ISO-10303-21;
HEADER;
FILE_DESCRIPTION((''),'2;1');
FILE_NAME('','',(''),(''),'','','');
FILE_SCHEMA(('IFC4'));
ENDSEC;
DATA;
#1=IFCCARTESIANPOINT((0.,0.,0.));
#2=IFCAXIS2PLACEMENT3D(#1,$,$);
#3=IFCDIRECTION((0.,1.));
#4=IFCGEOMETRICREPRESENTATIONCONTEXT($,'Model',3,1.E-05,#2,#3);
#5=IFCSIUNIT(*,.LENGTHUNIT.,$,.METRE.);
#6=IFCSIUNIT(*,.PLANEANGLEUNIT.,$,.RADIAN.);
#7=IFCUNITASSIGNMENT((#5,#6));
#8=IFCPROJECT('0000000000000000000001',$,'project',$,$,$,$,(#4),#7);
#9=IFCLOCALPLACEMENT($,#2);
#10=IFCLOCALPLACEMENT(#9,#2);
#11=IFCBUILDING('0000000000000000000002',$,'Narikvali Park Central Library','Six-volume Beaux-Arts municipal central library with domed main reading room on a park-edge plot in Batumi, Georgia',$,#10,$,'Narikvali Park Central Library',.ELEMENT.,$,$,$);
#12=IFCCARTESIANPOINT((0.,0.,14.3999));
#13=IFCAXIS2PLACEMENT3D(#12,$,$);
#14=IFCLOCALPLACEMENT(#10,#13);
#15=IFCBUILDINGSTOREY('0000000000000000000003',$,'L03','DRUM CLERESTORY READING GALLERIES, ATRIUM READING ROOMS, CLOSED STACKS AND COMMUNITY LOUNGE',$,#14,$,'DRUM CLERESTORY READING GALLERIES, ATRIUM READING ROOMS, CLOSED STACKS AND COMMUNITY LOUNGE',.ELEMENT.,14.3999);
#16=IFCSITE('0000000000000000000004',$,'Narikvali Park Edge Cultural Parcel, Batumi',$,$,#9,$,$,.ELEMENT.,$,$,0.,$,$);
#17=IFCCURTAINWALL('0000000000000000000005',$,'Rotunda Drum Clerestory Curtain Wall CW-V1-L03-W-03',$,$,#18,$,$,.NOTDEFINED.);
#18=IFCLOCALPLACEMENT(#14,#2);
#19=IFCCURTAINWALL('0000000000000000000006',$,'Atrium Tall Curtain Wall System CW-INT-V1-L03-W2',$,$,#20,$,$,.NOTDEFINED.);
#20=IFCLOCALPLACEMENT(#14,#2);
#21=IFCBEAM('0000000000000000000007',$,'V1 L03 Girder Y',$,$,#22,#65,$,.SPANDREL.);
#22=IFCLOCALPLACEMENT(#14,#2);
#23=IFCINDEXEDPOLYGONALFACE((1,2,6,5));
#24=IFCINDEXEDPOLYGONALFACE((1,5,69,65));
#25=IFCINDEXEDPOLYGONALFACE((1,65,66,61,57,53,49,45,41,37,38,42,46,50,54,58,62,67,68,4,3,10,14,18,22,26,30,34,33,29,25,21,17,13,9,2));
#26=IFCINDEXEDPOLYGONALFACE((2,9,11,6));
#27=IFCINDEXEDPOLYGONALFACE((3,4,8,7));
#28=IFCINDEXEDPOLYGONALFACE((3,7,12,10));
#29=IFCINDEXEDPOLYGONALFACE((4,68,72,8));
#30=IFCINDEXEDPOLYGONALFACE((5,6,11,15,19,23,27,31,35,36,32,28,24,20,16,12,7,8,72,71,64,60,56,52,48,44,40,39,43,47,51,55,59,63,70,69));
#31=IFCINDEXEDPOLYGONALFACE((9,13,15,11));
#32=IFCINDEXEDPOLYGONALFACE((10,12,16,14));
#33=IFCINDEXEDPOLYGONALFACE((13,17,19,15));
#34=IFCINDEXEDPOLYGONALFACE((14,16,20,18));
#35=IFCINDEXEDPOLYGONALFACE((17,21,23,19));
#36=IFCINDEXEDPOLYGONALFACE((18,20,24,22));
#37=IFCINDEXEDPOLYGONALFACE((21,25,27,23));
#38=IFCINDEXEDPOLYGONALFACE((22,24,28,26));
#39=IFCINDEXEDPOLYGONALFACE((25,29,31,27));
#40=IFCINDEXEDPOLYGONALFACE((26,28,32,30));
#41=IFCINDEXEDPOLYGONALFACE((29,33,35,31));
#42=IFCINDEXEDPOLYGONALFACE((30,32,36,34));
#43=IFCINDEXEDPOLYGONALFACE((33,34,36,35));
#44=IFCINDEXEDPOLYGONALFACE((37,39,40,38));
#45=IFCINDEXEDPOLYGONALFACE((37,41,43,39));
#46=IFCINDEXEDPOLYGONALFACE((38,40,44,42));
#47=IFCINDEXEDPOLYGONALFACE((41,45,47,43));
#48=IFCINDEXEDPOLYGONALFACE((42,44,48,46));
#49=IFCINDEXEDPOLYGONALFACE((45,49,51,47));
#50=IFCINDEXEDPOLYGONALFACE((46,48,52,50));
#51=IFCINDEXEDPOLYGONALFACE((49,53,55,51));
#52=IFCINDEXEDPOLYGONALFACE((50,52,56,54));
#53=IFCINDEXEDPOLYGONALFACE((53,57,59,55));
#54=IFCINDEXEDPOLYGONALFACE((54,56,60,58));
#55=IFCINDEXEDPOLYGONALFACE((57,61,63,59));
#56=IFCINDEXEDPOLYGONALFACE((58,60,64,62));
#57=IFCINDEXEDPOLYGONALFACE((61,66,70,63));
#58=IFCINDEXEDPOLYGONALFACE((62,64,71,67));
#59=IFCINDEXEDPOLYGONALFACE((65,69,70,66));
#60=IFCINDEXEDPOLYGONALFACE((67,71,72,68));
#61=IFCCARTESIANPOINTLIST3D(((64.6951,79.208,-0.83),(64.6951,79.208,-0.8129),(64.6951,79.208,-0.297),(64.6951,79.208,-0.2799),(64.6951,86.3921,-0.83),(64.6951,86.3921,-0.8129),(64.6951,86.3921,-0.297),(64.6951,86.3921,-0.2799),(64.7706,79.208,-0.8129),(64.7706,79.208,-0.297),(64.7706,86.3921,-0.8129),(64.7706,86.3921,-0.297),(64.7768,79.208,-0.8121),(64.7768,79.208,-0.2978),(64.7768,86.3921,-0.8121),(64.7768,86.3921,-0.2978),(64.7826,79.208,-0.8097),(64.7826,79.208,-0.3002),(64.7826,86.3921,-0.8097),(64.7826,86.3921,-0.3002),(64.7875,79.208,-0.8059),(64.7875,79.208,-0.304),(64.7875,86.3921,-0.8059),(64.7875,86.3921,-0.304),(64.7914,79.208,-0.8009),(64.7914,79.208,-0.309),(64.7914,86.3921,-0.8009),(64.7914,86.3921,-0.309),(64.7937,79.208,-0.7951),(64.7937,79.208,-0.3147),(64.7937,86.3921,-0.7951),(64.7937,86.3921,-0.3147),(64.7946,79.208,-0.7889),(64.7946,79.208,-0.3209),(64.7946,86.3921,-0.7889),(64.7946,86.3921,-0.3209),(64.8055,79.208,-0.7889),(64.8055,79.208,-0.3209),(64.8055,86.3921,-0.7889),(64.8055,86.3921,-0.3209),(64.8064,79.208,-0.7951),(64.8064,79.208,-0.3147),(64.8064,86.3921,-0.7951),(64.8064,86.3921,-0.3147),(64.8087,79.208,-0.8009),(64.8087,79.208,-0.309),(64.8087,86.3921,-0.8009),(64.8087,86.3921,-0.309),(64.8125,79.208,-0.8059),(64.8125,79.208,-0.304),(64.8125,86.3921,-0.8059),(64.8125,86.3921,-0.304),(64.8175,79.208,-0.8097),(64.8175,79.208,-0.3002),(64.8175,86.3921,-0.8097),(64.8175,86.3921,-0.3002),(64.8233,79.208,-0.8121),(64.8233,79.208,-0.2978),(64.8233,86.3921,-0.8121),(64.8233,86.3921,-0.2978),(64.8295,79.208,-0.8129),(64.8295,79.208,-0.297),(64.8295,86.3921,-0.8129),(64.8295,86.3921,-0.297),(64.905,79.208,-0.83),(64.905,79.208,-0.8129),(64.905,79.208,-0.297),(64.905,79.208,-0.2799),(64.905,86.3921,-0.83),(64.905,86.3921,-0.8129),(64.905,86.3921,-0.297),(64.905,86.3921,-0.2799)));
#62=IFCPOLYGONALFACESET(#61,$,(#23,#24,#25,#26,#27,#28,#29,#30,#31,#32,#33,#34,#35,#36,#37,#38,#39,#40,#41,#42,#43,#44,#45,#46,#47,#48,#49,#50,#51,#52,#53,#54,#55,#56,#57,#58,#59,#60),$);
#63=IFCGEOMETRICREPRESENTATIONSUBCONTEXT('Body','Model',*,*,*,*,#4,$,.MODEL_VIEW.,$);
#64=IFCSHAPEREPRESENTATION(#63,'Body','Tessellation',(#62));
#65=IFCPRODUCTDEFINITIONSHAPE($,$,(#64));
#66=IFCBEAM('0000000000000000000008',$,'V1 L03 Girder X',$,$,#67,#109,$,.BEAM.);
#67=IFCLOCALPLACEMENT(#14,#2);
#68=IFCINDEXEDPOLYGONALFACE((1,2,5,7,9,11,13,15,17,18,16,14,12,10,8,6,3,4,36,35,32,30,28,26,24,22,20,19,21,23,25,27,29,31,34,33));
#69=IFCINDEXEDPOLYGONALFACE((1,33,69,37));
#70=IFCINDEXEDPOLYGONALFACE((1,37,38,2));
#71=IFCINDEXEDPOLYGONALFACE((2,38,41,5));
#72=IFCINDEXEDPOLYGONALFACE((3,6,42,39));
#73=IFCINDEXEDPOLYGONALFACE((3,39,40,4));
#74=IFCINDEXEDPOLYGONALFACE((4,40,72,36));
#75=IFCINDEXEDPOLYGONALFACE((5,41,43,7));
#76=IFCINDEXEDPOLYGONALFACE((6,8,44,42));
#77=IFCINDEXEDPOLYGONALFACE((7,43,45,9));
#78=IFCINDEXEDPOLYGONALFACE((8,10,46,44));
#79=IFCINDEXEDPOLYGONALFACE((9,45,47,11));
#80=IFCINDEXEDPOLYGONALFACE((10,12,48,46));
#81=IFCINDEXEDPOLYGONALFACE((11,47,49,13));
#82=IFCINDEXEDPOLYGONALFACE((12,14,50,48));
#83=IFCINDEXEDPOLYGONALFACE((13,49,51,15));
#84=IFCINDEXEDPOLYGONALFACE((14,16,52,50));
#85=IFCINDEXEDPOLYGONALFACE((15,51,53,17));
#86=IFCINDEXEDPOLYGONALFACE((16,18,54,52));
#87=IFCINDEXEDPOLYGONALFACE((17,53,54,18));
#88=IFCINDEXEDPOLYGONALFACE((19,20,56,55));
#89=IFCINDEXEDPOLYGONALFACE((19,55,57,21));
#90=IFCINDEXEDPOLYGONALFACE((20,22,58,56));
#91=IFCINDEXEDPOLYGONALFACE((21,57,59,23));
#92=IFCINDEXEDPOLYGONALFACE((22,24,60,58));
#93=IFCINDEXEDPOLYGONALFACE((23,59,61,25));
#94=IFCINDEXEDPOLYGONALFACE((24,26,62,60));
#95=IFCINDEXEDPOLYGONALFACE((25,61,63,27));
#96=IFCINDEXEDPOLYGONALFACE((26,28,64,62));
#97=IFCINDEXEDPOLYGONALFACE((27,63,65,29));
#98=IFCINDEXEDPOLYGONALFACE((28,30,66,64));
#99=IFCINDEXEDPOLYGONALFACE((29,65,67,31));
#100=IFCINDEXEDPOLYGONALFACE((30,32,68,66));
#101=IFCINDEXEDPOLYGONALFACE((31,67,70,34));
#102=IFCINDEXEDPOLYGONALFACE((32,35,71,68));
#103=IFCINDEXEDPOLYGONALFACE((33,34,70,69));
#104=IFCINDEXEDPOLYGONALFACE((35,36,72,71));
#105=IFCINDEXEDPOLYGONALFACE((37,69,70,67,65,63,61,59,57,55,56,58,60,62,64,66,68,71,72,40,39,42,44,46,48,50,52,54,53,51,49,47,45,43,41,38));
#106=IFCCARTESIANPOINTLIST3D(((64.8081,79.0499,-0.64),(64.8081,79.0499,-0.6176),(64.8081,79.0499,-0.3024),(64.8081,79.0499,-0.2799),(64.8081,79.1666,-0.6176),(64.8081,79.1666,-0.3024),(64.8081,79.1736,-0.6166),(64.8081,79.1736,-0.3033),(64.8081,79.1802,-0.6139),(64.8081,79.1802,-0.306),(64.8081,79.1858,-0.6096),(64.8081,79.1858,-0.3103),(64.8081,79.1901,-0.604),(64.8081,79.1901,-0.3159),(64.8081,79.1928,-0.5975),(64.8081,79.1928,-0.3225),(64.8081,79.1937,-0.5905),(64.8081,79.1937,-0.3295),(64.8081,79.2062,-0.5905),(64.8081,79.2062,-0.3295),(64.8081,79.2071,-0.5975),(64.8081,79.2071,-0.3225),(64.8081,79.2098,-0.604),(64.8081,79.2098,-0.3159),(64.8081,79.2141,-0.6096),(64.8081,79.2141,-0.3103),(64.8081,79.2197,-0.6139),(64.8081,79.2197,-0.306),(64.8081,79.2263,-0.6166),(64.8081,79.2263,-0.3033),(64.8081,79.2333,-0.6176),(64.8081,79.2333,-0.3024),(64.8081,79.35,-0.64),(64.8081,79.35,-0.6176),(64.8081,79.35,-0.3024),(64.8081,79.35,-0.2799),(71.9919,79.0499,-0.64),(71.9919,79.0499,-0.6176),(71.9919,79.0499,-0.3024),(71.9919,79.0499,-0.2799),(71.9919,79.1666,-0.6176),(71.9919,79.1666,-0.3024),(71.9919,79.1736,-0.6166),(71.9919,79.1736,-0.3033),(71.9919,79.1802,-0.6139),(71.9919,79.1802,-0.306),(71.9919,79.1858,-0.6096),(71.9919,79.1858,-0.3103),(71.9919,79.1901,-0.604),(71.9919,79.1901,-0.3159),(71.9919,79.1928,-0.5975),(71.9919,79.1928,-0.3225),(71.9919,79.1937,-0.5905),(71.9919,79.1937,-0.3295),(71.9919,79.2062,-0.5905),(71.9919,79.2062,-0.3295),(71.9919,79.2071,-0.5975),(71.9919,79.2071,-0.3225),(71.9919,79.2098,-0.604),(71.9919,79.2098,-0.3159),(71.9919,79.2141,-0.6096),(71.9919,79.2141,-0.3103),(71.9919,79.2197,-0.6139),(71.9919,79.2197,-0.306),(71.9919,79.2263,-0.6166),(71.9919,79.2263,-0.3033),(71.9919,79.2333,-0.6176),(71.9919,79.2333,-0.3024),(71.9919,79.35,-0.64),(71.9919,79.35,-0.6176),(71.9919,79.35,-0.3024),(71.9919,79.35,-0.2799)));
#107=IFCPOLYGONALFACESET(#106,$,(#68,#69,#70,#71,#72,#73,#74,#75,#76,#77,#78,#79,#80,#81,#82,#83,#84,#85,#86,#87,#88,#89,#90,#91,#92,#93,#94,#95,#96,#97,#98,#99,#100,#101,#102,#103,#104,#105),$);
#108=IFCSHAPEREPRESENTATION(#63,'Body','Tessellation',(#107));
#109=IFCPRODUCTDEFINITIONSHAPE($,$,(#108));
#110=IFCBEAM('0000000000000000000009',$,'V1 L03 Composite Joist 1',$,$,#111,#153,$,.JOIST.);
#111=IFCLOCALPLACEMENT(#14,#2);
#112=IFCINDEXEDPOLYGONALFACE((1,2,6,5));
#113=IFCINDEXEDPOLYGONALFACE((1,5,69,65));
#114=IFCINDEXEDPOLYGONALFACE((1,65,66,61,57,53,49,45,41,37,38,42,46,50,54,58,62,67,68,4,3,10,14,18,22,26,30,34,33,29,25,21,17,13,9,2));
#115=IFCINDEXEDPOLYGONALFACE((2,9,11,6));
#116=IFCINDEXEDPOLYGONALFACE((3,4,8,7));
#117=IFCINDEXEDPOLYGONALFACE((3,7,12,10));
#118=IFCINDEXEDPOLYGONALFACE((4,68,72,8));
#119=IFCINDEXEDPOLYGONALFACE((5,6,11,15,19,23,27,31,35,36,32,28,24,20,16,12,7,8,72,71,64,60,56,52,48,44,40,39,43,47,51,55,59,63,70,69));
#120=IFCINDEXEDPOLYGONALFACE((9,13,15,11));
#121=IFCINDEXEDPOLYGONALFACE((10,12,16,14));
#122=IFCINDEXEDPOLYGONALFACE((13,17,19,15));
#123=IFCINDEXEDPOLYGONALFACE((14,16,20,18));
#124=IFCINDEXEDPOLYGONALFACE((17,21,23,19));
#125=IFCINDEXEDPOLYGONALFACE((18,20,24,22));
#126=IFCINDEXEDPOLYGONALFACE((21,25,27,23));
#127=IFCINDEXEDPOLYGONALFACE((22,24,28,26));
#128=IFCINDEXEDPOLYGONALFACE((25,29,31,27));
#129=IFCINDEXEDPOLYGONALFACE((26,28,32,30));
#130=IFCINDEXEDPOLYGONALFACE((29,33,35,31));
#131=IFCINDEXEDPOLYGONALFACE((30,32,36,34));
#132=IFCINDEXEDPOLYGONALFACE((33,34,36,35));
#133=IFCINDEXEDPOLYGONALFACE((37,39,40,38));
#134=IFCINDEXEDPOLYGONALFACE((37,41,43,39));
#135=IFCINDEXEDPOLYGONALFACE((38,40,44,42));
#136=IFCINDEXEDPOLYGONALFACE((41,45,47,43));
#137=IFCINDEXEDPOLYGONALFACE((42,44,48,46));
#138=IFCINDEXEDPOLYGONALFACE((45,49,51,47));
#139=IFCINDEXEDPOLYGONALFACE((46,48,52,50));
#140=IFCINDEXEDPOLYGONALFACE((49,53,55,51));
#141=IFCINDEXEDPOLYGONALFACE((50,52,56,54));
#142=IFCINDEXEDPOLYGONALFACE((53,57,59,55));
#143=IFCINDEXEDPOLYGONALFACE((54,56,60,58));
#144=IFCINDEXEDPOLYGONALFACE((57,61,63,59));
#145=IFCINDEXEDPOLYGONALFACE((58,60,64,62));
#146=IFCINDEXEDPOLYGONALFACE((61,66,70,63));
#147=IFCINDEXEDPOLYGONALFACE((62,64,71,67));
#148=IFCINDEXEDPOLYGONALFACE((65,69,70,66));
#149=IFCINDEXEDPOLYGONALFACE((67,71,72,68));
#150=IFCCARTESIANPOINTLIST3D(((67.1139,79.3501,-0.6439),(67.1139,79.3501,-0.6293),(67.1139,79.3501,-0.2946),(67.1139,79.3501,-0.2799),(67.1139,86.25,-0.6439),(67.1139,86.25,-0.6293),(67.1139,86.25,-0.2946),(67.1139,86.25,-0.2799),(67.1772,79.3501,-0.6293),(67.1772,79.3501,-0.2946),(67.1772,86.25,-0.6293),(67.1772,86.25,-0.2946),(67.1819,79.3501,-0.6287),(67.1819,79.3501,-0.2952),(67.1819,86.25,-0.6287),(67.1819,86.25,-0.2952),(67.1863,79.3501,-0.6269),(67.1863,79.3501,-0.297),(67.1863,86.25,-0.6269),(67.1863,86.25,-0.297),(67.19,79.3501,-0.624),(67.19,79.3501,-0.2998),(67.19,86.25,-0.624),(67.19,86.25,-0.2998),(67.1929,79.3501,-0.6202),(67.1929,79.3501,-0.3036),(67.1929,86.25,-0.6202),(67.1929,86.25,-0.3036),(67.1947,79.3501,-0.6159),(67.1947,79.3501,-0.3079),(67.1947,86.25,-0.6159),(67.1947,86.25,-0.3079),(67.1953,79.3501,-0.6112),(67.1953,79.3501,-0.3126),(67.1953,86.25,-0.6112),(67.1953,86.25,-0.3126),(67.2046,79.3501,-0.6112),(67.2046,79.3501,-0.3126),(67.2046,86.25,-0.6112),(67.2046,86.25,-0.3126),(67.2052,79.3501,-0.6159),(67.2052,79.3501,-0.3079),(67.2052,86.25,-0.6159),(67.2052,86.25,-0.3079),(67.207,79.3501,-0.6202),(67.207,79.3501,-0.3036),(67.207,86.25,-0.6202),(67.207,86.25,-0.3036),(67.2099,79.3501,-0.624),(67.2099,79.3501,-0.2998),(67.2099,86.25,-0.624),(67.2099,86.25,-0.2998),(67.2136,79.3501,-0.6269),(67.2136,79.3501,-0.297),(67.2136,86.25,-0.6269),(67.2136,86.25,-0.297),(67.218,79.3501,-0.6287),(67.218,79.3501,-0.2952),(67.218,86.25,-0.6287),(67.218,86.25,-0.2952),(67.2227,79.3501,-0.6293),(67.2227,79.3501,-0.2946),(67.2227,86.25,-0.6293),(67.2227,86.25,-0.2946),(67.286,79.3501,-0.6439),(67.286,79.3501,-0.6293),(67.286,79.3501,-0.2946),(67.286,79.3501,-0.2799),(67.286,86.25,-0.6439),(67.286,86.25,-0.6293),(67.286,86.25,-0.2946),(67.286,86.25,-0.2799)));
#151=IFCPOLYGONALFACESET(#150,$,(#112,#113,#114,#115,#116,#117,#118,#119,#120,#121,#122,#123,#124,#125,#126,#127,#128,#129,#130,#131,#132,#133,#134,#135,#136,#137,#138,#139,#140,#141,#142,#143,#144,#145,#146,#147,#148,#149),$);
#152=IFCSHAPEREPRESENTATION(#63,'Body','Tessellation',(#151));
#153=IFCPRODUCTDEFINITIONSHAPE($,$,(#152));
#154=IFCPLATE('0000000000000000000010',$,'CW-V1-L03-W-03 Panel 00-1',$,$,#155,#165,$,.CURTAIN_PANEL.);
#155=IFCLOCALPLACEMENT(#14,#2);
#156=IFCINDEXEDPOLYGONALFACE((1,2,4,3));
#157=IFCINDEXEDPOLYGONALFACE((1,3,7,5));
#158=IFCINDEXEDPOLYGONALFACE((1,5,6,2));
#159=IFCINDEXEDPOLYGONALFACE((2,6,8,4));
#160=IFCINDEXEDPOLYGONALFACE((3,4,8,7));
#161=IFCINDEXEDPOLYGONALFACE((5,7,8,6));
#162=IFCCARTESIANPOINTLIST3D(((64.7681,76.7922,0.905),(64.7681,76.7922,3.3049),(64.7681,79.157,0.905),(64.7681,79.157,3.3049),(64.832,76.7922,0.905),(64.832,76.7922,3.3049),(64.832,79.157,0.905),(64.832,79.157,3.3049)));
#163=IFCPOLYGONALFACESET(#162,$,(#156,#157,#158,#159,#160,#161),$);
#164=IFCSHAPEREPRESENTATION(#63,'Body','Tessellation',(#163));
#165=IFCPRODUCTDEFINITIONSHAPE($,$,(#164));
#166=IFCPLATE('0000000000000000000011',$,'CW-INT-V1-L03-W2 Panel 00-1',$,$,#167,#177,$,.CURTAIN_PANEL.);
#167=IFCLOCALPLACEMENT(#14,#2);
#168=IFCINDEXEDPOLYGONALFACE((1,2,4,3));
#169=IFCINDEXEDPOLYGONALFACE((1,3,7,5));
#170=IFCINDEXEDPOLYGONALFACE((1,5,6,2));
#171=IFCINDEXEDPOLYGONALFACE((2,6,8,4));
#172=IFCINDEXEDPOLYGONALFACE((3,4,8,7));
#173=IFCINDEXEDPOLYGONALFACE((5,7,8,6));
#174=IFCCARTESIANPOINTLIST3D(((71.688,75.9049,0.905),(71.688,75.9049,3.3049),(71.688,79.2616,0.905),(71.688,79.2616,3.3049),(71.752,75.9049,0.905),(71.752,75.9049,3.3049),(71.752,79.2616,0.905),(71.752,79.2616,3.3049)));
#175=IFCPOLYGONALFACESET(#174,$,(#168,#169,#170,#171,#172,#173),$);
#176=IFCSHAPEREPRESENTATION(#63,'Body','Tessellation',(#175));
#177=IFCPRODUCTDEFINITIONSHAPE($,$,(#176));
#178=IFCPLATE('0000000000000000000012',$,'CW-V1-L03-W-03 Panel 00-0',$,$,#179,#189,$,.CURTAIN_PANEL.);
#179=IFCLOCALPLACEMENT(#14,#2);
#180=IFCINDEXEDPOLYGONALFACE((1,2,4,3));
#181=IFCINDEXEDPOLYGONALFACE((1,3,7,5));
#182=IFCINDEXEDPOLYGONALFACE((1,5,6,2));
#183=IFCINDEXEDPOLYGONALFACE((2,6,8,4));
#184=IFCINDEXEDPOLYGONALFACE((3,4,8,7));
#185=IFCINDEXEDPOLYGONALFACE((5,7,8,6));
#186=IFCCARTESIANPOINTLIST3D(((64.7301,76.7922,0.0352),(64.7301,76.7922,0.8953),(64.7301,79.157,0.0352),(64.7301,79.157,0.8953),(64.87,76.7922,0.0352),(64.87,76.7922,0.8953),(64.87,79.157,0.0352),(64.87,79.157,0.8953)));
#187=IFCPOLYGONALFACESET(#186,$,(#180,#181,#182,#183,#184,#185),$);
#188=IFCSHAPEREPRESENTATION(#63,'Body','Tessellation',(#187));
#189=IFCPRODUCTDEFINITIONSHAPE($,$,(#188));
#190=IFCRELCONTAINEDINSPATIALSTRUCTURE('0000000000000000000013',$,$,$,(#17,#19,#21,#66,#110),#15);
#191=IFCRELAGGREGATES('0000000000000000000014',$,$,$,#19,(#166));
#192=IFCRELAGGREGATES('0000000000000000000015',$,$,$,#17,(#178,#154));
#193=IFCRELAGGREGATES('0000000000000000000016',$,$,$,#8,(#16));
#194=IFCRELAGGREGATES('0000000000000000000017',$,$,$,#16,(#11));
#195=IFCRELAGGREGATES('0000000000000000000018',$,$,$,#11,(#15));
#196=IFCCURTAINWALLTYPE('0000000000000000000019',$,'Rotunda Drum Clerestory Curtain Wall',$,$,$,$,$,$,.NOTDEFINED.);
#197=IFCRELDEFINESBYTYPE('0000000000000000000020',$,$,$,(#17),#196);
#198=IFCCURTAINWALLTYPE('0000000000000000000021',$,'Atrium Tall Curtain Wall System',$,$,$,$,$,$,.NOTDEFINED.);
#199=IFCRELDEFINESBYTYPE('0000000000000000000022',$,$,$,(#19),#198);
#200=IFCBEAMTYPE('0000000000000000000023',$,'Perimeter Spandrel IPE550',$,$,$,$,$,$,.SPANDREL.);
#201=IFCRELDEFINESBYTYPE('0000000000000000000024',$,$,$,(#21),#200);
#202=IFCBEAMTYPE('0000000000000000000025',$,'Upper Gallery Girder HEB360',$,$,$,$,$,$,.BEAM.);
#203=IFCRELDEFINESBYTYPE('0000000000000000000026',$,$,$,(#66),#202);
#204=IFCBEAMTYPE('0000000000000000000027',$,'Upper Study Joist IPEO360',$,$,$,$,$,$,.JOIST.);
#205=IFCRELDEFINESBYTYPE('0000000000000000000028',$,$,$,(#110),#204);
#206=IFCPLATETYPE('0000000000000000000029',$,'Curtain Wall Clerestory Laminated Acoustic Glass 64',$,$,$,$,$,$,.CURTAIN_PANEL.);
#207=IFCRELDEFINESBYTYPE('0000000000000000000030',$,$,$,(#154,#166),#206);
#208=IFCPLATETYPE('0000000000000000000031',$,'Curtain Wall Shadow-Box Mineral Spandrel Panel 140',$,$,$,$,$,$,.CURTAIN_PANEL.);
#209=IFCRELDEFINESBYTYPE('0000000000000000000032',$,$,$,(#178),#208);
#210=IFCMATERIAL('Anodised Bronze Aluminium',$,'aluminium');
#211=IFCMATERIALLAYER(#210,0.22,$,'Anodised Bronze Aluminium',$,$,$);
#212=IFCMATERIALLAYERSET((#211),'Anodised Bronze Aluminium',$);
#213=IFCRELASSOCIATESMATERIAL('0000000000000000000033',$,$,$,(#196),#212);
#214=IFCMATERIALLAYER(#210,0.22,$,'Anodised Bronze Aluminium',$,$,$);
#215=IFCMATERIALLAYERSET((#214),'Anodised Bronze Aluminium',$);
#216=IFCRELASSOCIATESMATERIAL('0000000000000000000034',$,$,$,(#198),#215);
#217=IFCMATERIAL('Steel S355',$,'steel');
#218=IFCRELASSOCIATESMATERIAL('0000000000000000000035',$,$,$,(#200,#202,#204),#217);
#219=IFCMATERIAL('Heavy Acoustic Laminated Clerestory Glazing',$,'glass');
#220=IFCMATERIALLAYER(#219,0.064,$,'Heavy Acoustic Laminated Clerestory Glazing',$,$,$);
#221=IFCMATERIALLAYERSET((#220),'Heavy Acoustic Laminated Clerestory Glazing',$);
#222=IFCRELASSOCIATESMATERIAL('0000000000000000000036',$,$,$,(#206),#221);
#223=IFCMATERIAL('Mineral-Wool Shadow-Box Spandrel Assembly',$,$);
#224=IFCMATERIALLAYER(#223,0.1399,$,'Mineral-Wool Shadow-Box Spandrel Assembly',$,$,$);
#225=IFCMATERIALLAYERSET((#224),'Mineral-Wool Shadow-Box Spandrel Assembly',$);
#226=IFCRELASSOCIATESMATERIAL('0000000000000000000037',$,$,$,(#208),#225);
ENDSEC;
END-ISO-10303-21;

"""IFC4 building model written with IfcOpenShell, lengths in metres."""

from ifc_helpers import new_model, si_unit, direction, frame, origin, origin_2d, place, context, subcontext, project, spatial, rectangle, i_section, extrude, material, layer, layer_set, material_profile, profile_set, type_object, element, aggregate, save


model = new_model("IFC4")

# Units and contexts
model_context = context("Model", 3, precision=1e-05, world=origin(), true_north=direction((0.0, 1.0)))
body_context = subcontext(model_context, "Body", "Model", "MODEL_VIEW")
ifc_project = project(units=[si_unit("LENGTHUNIT", "METRE"), si_unit("PLANEANGLEUNIT", "RADIAN")], contexts=[model_context])

# Site, building, storey
site_placement = place(None, origin())
site = spatial("IfcSite", under=ifc_project, at=site_placement, Name="Narikvali Park Edge Cultural Parcel, Batumi", CompositionType="ELEMENT", RefElevation=0.0)
building_placement = place(site_placement, origin())
building = spatial("IfcBuilding", under=site, at=building_placement, Name="Narikvali Park Central Library", Description="Six-volume Beaux-Arts municipal central library with domed main reading room on a park-edge plot in Batumi, Georgia", LongName="Narikvali Park Central Library", CompositionType="ELEMENT")
storey_placement = place(building_placement, frame((0.0, 0.0, 14.3999)))
storey = spatial("IfcBuildingStorey", under=building, at=storey_placement, Name="L03", Description="DRUM CLERESTORY READING GALLERIES, ATRIUM READING ROOMS, CLOSED STACKS AND COMMUNITY LOUNGE", LongName="DRUM CLERESTORY READING GALLERIES, ATRIUM READING ROOMS, CLOSED STACKS AND COMMUNITY LOUNGE", CompositionType="ELEMENT", Elevation=14.3999)

# Shared definitions
ifc_material_1 = material(Name="Steel S355", Category="steel")

# Curtain wall
ifc_material_2 = material(Name="Anodised Bronze Aluminium", Category="aluminium")
ifc_layer_1 = layer(ifc_material_2, 0.22, Name="Anodised Bronze Aluminium")
ifc_layer_set_1 = layer_set([ifc_layer_1], Name="Anodised Bronze Aluminium")
curtain_wall_type_1 = type_object("IfcCurtainWallType", Name="Rotunda Drum Clerestory Curtain Wall", PredefinedType="NOTDEFINED", material=ifc_layer_set_1)
curtain_wall_1_placement = place(storey_placement, origin())
curtain_wall_1 = element("IfcCurtainWall", 1, at=curtain_wall_1_placement, inside=storey, type_object=curtain_wall_type_1, Name="Rotunda Drum Clerestory Curtain Wall CW-V1-L03-W-03", PredefinedType="NOTDEFINED")

# Curtain wall
ifc_layer_2 = layer(ifc_material_2, 0.22, Name="Anodised Bronze Aluminium")
ifc_layer_set_2 = layer_set([ifc_layer_2], Name="Anodised Bronze Aluminium")
curtain_wall_type_2 = type_object("IfcCurtainWallType", Name="Atrium Tall Curtain Wall System", PredefinedType="NOTDEFINED", material=ifc_layer_set_2)
curtain_wall_2_placement = place(storey_placement, origin())
curtain_wall_2 = element("IfcCurtainWall", 2, at=curtain_wall_2_placement, inside=storey, type_object=curtain_wall_type_2, Name="Atrium Tall Curtain Wall System CW-INT-V1-L03-W2", PredefinedType="NOTDEFINED")

# Beams
ifc_material_profile_1 = material_profile(ifc_material_1, i_section(OverallWidth=0.21, OverallDepth=0.55, WebThickness=0.011, FlangeThickness=0.0171, FilletRadius=0.0239, at=origin_2d()), Name="IPE 550")
ifc_profile_set_1 = profile_set([ifc_material_profile_1], Name="Steel S355")
beam_type_1 = type_object("IfcBeamType", Name="Perimeter Spandrel IPE550", PredefinedType="SPANDREL", material=ifc_profile_set_1)
beam_1_placement = place(storey_placement, frame((64.8, 79.208, -0.5549), z_axis=(0.0, 1.0, 0.0), x_axis=(-1.0, 0.0, 0.0)))
element("IfcBeam", 3, at=beam_1_placement, inside=storey, type_object=beam_type_1, Name="V1 L03 Girder Y", PredefinedType="SPANDREL", context=body_context, shape_type="SweptSolid", body=[
    extrude(i_section(OverallWidth=0.21, OverallDepth=0.55, WebThickness=0.011, FlangeThickness=0.0171, FilletRadius=0.0239, at=origin_2d()), origin(), (0.0, 0.0, 1.0), 7.1841),
])
ifc_material_profile_2 = material_profile(ifc_material_1, i_section(OverallWidth=0.3, OverallDepth=0.3601, WebThickness=0.0125, FlangeThickness=0.0225, FilletRadius=0.0271, at=origin_2d()), Name="HEB 360")
ifc_profile_set_2 = profile_set([ifc_material_profile_2], Name="Steel S355")
beam_type_2 = type_object("IfcBeamType", Name="Upper Gallery Girder HEB360", PredefinedType="BEAM", material=ifc_profile_set_2)
beam_2_placement = place(storey_placement, frame((64.8081, 79.2, -0.46), z_axis=(1.0, 0.0, 0.0), x_axis=(0.0, 1.0, 0.0)))
element("IfcBeam", 4, at=beam_2_placement, inside=storey, type_object=beam_type_2, Name="V1 L03 Girder X", PredefinedType="BEAM", context=body_context, shape_type="SweptSolid", body=[
    extrude(i_section(OverallWidth=0.3, OverallDepth=0.3601, WebThickness=0.0125, FlangeThickness=0.0225, FilletRadius=0.0271, at=origin_2d()), origin(), (0.0, 0.0, 1.0), 7.1838),
])
ifc_material_profile_3 = material_profile(ifc_material_1, i_section(OverallWidth=0.1721, OverallDepth=0.364, WebThickness=0.0093, FlangeThickness=0.0146, FilletRadius=0.0181, at=origin_2d()), Name="IPEO 360")
ifc_profile_set_3 = profile_set([ifc_material_profile_3], Name="Steel S355")
beam_type_3 = type_object("IfcBeamType", Name="Upper Study Joist IPEO360", PredefinedType="JOIST", material=ifc_profile_set_3)
beam_3_placement = place(storey_placement, frame((67.2, 79.3501, -0.4619), z_axis=(0.0, 1.0, 0.0), x_axis=(-1.0, 0.0, 0.0)))
element("IfcBeam", 5, at=beam_3_placement, inside=storey, type_object=beam_type_3, Name="V1 L03 Composite Joist 1", PredefinedType="JOIST", context=body_context, shape_type="SweptSolid", body=[
    extrude(i_section(OverallWidth=0.1721, OverallDepth=0.364, WebThickness=0.0093, FlangeThickness=0.0146, FilletRadius=0.0181, at=origin_2d()), origin(), (0.0, 0.0, 1.0), 6.8999),
])

# Plates
ifc_material_3 = material(Name="Heavy Acoustic Laminated Clerestory Glazing", Category="glass")
ifc_layer_3 = layer(ifc_material_3, 0.064, Name="Heavy Acoustic Laminated Clerestory Glazing")
ifc_layer_set_3 = layer_set([ifc_layer_3], Name="Heavy Acoustic Laminated Clerestory Glazing")
plate_type_1 = type_object("IfcPlateType", Name="Curtain Wall Clerestory Laminated Acoustic Glass 64", PredefinedType="CURTAIN_PANEL", material=ifc_layer_set_3)
plate_1_placement = place(storey_placement, frame((64.8, 77.9746, 0.905), z_axis=(0.0, 0.0, 1.0), x_axis=(0.0, -1.0, 0.0)))
plate_1 = element("IfcPlate", 6, at=plate_1_placement, type_object=plate_type_1, Name="CW-V1-L03-W-03 Panel 00-1", PredefinedType="CURTAIN_PANEL", context=body_context, shape_type="SweptSolid", body=[
    extrude(rectangle(XDim=2.3647, YDim=0.064, at=origin_2d()), origin(), (0.0, 0.0, 1.0), 2.3999),
])
plate_2_placement = place(storey_placement, frame((71.72, 77.5833, 0.905), z_axis=(0.0, 0.0, 1.0), x_axis=(0.0, 1.0, 0.0)))
plate_2 = element("IfcPlate", 7, at=plate_2_placement, type_object=plate_type_1, Name="CW-INT-V1-L03-W2 Panel 00-1", PredefinedType="CURTAIN_PANEL", context=body_context, shape_type="SweptSolid", body=[
    extrude(rectangle(XDim=3.3567, YDim=0.064, at=origin_2d()), origin(), (0.0, 0.0, 1.0), 2.3999),
])
aggregate(curtain_wall_2, [plate_2])
ifc_material_4 = material(Name="Mineral-Wool Shadow-Box Spandrel Assembly")
ifc_layer_4 = layer(ifc_material_4, 0.1399, Name="Mineral-Wool Shadow-Box Spandrel Assembly")
ifc_layer_set_4 = layer_set([ifc_layer_4], Name="Mineral-Wool Shadow-Box Spandrel Assembly")
plate_type_2 = type_object("IfcPlateType", Name="Curtain Wall Shadow-Box Mineral Spandrel Panel 140", PredefinedType="CURTAIN_PANEL", material=ifc_layer_set_4)
plate_3_placement = place(storey_placement, frame((64.8, 77.9746, 0.0352), z_axis=(0.0, 0.0, 1.0), x_axis=(0.0, -1.0, 0.0)))
plate_3 = element("IfcPlate", 8, at=plate_3_placement, type_object=plate_type_2, Name="CW-V1-L03-W-03 Panel 00-0", PredefinedType="CURTAIN_PANEL", context=body_context, shape_type="SweptSolid", body=[
    extrude(rectangle(XDim=2.3647, YDim=0.1399, at=origin_2d()), origin(), (0.0, 0.0, 1.0), 0.8601),
])
aggregate(curtain_wall_1, [plate_3, plate_1])

save(model, "model.ifc")
